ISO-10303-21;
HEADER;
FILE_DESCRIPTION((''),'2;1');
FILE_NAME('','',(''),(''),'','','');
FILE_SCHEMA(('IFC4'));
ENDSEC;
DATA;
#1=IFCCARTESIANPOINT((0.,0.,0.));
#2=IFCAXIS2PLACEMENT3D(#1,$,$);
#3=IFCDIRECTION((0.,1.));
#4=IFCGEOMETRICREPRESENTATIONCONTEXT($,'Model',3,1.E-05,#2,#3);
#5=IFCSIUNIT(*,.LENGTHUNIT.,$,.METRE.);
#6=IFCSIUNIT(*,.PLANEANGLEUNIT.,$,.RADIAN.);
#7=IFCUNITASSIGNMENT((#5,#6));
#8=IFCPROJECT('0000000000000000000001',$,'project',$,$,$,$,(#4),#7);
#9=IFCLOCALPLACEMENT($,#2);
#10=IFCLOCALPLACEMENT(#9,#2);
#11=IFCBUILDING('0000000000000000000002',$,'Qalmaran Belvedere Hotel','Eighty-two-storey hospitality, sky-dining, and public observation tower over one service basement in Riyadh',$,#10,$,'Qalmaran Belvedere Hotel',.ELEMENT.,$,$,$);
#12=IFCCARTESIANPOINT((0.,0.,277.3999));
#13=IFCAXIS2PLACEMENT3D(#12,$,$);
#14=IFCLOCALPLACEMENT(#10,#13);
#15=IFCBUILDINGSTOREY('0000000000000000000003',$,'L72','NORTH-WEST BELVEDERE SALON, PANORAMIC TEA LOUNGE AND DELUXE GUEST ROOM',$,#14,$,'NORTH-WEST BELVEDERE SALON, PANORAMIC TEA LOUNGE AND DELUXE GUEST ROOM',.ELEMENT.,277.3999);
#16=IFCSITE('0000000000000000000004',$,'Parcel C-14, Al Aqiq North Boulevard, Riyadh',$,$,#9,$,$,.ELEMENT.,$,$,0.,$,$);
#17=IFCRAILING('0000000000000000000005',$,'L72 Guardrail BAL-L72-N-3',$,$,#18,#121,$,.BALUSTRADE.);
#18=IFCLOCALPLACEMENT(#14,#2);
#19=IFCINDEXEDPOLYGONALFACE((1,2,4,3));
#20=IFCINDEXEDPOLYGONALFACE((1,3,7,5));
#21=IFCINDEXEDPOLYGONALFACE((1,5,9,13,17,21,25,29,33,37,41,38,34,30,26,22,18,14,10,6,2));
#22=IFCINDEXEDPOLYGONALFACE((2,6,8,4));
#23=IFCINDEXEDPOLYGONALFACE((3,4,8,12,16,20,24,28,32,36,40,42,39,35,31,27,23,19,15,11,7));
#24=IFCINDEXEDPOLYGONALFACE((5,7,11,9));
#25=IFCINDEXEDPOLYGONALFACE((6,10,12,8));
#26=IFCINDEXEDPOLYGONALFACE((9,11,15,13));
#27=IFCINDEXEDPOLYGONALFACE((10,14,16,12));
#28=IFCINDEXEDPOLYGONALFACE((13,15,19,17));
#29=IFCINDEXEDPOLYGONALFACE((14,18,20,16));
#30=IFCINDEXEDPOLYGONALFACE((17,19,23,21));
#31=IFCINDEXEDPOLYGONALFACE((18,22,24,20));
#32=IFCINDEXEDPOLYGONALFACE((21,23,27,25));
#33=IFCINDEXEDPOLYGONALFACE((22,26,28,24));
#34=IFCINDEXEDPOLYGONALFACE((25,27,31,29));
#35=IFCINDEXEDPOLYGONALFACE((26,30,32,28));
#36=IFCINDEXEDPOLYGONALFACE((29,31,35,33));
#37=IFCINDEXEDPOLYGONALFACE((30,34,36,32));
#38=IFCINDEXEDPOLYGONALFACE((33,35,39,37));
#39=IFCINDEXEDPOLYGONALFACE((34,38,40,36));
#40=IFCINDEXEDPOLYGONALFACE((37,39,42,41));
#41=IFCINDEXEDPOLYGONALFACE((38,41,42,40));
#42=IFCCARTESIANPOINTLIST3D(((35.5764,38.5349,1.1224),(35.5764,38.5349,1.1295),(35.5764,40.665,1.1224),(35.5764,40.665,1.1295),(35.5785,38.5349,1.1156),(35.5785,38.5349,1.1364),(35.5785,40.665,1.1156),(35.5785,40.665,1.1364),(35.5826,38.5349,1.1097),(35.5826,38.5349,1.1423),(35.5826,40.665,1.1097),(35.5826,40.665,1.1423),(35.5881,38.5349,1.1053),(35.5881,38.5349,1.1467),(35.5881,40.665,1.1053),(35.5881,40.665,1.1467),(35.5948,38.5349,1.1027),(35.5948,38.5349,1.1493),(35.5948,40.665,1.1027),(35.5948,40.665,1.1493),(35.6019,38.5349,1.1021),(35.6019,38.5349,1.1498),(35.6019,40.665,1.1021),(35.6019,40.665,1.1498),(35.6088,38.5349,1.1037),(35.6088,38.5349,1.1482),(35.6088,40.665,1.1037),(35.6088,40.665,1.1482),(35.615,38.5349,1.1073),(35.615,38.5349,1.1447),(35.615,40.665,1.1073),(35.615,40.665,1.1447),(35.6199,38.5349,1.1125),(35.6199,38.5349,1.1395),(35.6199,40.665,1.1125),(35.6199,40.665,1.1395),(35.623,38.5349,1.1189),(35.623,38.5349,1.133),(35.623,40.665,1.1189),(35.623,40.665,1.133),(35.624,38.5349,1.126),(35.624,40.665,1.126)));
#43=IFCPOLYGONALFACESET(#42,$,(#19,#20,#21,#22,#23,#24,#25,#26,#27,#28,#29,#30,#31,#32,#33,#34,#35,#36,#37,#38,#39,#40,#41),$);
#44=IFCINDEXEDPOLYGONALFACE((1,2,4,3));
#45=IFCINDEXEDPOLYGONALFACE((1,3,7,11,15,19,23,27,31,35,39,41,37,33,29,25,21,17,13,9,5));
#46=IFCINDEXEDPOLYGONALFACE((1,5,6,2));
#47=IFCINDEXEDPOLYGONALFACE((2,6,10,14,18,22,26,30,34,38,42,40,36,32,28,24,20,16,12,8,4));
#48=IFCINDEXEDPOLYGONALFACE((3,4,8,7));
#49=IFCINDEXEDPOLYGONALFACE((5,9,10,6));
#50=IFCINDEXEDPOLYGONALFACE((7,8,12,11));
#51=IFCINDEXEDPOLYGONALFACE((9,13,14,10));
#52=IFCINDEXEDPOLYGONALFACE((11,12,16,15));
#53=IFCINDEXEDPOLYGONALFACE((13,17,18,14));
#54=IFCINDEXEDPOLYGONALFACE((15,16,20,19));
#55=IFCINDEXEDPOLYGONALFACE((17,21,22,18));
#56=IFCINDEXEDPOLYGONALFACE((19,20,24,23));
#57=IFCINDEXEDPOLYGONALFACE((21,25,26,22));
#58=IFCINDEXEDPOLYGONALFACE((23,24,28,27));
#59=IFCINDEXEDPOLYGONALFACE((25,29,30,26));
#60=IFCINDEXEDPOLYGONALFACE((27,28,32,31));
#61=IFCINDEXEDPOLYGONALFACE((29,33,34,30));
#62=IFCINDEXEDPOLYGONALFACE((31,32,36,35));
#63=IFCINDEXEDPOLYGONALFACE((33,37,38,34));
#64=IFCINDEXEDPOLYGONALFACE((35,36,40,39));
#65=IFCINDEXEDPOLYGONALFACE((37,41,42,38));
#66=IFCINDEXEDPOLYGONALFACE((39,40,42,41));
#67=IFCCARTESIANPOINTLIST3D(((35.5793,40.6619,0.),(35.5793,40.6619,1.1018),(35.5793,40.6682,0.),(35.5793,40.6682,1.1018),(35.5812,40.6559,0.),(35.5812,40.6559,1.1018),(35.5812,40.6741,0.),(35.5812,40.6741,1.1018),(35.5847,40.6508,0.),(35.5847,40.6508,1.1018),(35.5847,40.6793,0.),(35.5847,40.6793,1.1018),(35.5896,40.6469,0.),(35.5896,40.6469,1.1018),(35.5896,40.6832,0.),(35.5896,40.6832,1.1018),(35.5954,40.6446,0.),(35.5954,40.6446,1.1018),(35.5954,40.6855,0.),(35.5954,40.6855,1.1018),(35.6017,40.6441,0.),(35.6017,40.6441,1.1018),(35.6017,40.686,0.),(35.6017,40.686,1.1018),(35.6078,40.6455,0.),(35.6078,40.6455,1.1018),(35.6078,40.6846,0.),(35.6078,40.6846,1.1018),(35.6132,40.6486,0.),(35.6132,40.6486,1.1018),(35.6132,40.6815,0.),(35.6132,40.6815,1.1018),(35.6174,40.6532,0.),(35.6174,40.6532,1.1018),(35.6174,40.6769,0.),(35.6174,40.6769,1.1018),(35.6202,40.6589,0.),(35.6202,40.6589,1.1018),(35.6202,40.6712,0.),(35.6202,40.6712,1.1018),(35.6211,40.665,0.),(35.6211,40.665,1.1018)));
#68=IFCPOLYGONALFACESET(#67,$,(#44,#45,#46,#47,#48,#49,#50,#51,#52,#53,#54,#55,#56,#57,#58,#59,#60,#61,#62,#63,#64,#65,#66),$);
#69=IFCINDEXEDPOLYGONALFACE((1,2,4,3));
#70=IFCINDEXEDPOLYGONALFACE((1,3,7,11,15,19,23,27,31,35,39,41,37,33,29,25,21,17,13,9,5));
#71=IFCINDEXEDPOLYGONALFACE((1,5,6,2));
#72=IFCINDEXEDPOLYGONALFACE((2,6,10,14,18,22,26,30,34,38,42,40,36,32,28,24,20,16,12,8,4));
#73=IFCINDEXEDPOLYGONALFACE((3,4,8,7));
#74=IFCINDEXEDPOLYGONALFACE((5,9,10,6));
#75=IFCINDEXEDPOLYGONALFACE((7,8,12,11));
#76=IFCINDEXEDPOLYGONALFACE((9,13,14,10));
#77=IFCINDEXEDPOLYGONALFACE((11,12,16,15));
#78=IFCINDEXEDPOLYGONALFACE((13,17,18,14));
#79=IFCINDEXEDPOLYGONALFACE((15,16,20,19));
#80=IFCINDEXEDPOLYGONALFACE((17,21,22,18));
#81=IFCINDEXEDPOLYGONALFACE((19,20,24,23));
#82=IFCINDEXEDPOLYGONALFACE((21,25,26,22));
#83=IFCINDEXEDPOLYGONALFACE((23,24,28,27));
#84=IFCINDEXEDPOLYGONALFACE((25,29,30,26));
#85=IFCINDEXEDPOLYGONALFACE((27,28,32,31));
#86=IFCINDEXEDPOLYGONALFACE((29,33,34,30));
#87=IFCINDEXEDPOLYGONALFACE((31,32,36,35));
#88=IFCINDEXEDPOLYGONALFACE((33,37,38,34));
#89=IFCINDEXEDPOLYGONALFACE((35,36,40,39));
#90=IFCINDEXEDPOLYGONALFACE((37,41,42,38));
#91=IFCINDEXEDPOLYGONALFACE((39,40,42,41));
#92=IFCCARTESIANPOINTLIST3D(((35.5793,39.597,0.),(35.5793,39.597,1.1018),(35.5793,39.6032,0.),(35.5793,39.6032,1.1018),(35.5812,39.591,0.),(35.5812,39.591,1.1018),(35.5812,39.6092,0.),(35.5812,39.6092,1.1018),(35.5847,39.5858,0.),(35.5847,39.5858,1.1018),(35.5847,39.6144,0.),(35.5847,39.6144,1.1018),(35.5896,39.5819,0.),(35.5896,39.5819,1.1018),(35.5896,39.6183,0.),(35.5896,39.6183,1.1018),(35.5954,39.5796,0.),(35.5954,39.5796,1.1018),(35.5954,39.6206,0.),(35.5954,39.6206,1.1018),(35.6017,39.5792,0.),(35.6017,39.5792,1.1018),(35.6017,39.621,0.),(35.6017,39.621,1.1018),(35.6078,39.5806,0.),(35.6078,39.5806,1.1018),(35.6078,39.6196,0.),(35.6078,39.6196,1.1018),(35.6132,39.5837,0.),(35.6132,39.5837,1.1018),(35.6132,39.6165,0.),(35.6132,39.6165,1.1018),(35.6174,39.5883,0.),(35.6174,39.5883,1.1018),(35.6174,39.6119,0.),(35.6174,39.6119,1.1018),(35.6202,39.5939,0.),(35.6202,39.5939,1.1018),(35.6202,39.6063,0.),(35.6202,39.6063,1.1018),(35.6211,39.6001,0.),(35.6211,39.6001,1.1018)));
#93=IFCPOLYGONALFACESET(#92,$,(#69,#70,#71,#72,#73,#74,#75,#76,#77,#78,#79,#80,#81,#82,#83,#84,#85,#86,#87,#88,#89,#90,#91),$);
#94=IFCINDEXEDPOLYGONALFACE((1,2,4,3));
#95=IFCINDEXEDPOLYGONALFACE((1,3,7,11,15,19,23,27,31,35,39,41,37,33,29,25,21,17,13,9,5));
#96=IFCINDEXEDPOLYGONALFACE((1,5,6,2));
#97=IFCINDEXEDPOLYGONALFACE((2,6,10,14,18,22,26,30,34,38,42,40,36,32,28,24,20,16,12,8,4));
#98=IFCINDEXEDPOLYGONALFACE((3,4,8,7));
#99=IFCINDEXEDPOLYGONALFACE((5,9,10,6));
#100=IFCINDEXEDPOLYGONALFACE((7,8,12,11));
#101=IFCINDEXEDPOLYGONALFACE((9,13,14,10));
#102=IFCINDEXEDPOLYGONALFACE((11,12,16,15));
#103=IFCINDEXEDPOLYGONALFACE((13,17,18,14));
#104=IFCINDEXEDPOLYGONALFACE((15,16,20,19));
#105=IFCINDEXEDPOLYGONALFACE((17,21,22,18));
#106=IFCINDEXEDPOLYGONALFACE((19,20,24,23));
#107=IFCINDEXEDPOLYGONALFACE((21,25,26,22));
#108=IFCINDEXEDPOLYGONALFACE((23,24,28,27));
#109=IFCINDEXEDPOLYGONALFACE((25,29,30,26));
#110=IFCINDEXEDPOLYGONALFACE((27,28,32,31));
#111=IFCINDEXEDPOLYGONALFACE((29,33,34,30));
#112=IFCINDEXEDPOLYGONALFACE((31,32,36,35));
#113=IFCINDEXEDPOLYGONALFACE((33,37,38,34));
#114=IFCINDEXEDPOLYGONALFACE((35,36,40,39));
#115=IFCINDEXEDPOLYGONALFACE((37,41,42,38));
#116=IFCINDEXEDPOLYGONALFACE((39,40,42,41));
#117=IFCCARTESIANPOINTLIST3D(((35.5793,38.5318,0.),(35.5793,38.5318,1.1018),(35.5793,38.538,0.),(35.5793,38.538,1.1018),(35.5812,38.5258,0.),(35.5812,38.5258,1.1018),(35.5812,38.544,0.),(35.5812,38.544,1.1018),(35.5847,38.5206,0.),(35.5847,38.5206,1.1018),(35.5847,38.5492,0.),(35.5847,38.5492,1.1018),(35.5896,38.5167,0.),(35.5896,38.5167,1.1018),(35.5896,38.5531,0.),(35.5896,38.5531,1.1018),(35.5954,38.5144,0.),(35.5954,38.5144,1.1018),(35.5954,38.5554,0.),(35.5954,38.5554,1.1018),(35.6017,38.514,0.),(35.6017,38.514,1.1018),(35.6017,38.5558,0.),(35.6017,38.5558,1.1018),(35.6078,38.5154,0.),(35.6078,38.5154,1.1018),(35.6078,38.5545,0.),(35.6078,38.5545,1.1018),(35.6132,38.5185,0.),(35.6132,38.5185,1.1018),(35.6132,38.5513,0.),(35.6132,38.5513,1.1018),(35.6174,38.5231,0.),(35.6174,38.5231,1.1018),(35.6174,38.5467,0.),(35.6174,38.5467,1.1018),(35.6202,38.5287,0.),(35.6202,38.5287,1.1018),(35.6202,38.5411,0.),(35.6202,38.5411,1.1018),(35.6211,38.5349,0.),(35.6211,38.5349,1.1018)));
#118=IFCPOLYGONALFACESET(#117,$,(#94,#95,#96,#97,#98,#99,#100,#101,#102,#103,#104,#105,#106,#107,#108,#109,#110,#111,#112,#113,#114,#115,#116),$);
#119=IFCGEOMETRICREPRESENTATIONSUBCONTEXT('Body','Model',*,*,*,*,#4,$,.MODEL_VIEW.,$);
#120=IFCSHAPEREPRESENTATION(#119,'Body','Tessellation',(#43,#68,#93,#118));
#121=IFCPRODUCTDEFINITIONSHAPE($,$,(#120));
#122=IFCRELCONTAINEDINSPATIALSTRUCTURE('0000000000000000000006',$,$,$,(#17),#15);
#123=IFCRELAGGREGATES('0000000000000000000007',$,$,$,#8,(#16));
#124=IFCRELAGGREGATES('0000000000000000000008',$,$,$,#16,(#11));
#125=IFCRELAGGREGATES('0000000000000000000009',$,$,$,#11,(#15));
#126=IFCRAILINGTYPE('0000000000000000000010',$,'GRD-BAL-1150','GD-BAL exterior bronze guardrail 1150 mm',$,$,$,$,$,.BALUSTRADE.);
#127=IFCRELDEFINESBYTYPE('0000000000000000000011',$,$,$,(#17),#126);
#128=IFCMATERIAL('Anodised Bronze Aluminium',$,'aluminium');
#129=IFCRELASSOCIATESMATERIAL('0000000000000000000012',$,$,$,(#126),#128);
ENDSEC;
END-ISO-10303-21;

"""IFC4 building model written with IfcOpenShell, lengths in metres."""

from ifc_helpers import new_model, si_unit, direction, frame, origin, origin_2d, place, context, subcontext, project, spatial, circle, extrude, material, type_object, element, save


model = new_model("IFC4")

# Units and contexts
model_context = context("Model", 3, precision=1e-05, world=origin(), true_north=direction((0.0, 1.0)))
body_context = subcontext(model_context, "Body", "Model", "MODEL_VIEW")
ifc_project = project(units=[si_unit("LENGTHUNIT", "METRE"), si_unit("PLANEANGLEUNIT", "RADIAN")], contexts=[model_context])

# Site, building, storey
site_placement = place(None, origin())
site = spatial("IfcSite", under=ifc_project, at=site_placement, Name="Parcel C-14, Al Aqiq North Boulevard, Riyadh", CompositionType="ELEMENT", RefElevation=0.0)
building_placement = place(site_placement, origin())
building = spatial("IfcBuilding", under=site, at=building_placement, Name="Qalmaran Belvedere Hotel", Description="Eighty-two-storey hospitality, sky-dining, and public observation tower over one service basement in Riyadh", LongName="Qalmaran Belvedere Hotel", CompositionType="ELEMENT")
storey_placement = place(building_placement, frame((0.0, 0.0, 277.3999)))
storey = spatial("IfcBuildingStorey", under=building, at=storey_placement, Name="L72", Description="NORTH-WEST BELVEDERE SALON, PANORAMIC TEA LOUNGE AND DELUXE GUEST ROOM", LongName="NORTH-WEST BELVEDERE SALON, PANORAMIC TEA LOUNGE AND DELUXE GUEST ROOM", CompositionType="ELEMENT", Elevation=277.3999)

# Shared definitions
ifc_material_1 = material(Name="Anodised Bronze Aluminium", Category="aluminium")

# Railing
railing_type = type_object("IfcRailingType", Name="GRD-BAL-1150", Description="GD-BAL exterior bronze guardrail 1150 mm", PredefinedType="BALUSTRADE", material=ifc_material_1)
railing_1_placement = place(storey_placement, frame((35.6001, 40.665, 0.0)))
element("IfcRailing", 1, at=railing_1_placement, inside=storey, type_object=railing_type, Name="L72 Guardrail BAL-L72-N-3", PredefinedType="BALUSTRADE", context=body_context, shape_type="SweptSolid", body=[
    extrude(circle(Radius=0.0239, at=origin_2d()), frame((0.0, 0.0, 1.126), z_axis=(0.0, -1.0, 0.0), x_axis=(1.0, 0.0, 0.0)), (0.0, 0.0, 1.0), 2.1301),
    extrude(circle(Radius=0.021, at=origin_2d()), origin(), (0.0, 0.0, 1.0), 1.1018),
    extrude(circle(Radius=0.021, at=origin_2d()), frame((0.0, -1.0649, 0.0)), (0.0, 0.0, 1.0), 1.1018),
    extrude(circle(Radius=0.021, at=origin_2d()), frame((0.0, -2.1301, 0.0)), (0.0, 0.0, 1.0), 1.1018),
])

save(model, "model.ifc")
